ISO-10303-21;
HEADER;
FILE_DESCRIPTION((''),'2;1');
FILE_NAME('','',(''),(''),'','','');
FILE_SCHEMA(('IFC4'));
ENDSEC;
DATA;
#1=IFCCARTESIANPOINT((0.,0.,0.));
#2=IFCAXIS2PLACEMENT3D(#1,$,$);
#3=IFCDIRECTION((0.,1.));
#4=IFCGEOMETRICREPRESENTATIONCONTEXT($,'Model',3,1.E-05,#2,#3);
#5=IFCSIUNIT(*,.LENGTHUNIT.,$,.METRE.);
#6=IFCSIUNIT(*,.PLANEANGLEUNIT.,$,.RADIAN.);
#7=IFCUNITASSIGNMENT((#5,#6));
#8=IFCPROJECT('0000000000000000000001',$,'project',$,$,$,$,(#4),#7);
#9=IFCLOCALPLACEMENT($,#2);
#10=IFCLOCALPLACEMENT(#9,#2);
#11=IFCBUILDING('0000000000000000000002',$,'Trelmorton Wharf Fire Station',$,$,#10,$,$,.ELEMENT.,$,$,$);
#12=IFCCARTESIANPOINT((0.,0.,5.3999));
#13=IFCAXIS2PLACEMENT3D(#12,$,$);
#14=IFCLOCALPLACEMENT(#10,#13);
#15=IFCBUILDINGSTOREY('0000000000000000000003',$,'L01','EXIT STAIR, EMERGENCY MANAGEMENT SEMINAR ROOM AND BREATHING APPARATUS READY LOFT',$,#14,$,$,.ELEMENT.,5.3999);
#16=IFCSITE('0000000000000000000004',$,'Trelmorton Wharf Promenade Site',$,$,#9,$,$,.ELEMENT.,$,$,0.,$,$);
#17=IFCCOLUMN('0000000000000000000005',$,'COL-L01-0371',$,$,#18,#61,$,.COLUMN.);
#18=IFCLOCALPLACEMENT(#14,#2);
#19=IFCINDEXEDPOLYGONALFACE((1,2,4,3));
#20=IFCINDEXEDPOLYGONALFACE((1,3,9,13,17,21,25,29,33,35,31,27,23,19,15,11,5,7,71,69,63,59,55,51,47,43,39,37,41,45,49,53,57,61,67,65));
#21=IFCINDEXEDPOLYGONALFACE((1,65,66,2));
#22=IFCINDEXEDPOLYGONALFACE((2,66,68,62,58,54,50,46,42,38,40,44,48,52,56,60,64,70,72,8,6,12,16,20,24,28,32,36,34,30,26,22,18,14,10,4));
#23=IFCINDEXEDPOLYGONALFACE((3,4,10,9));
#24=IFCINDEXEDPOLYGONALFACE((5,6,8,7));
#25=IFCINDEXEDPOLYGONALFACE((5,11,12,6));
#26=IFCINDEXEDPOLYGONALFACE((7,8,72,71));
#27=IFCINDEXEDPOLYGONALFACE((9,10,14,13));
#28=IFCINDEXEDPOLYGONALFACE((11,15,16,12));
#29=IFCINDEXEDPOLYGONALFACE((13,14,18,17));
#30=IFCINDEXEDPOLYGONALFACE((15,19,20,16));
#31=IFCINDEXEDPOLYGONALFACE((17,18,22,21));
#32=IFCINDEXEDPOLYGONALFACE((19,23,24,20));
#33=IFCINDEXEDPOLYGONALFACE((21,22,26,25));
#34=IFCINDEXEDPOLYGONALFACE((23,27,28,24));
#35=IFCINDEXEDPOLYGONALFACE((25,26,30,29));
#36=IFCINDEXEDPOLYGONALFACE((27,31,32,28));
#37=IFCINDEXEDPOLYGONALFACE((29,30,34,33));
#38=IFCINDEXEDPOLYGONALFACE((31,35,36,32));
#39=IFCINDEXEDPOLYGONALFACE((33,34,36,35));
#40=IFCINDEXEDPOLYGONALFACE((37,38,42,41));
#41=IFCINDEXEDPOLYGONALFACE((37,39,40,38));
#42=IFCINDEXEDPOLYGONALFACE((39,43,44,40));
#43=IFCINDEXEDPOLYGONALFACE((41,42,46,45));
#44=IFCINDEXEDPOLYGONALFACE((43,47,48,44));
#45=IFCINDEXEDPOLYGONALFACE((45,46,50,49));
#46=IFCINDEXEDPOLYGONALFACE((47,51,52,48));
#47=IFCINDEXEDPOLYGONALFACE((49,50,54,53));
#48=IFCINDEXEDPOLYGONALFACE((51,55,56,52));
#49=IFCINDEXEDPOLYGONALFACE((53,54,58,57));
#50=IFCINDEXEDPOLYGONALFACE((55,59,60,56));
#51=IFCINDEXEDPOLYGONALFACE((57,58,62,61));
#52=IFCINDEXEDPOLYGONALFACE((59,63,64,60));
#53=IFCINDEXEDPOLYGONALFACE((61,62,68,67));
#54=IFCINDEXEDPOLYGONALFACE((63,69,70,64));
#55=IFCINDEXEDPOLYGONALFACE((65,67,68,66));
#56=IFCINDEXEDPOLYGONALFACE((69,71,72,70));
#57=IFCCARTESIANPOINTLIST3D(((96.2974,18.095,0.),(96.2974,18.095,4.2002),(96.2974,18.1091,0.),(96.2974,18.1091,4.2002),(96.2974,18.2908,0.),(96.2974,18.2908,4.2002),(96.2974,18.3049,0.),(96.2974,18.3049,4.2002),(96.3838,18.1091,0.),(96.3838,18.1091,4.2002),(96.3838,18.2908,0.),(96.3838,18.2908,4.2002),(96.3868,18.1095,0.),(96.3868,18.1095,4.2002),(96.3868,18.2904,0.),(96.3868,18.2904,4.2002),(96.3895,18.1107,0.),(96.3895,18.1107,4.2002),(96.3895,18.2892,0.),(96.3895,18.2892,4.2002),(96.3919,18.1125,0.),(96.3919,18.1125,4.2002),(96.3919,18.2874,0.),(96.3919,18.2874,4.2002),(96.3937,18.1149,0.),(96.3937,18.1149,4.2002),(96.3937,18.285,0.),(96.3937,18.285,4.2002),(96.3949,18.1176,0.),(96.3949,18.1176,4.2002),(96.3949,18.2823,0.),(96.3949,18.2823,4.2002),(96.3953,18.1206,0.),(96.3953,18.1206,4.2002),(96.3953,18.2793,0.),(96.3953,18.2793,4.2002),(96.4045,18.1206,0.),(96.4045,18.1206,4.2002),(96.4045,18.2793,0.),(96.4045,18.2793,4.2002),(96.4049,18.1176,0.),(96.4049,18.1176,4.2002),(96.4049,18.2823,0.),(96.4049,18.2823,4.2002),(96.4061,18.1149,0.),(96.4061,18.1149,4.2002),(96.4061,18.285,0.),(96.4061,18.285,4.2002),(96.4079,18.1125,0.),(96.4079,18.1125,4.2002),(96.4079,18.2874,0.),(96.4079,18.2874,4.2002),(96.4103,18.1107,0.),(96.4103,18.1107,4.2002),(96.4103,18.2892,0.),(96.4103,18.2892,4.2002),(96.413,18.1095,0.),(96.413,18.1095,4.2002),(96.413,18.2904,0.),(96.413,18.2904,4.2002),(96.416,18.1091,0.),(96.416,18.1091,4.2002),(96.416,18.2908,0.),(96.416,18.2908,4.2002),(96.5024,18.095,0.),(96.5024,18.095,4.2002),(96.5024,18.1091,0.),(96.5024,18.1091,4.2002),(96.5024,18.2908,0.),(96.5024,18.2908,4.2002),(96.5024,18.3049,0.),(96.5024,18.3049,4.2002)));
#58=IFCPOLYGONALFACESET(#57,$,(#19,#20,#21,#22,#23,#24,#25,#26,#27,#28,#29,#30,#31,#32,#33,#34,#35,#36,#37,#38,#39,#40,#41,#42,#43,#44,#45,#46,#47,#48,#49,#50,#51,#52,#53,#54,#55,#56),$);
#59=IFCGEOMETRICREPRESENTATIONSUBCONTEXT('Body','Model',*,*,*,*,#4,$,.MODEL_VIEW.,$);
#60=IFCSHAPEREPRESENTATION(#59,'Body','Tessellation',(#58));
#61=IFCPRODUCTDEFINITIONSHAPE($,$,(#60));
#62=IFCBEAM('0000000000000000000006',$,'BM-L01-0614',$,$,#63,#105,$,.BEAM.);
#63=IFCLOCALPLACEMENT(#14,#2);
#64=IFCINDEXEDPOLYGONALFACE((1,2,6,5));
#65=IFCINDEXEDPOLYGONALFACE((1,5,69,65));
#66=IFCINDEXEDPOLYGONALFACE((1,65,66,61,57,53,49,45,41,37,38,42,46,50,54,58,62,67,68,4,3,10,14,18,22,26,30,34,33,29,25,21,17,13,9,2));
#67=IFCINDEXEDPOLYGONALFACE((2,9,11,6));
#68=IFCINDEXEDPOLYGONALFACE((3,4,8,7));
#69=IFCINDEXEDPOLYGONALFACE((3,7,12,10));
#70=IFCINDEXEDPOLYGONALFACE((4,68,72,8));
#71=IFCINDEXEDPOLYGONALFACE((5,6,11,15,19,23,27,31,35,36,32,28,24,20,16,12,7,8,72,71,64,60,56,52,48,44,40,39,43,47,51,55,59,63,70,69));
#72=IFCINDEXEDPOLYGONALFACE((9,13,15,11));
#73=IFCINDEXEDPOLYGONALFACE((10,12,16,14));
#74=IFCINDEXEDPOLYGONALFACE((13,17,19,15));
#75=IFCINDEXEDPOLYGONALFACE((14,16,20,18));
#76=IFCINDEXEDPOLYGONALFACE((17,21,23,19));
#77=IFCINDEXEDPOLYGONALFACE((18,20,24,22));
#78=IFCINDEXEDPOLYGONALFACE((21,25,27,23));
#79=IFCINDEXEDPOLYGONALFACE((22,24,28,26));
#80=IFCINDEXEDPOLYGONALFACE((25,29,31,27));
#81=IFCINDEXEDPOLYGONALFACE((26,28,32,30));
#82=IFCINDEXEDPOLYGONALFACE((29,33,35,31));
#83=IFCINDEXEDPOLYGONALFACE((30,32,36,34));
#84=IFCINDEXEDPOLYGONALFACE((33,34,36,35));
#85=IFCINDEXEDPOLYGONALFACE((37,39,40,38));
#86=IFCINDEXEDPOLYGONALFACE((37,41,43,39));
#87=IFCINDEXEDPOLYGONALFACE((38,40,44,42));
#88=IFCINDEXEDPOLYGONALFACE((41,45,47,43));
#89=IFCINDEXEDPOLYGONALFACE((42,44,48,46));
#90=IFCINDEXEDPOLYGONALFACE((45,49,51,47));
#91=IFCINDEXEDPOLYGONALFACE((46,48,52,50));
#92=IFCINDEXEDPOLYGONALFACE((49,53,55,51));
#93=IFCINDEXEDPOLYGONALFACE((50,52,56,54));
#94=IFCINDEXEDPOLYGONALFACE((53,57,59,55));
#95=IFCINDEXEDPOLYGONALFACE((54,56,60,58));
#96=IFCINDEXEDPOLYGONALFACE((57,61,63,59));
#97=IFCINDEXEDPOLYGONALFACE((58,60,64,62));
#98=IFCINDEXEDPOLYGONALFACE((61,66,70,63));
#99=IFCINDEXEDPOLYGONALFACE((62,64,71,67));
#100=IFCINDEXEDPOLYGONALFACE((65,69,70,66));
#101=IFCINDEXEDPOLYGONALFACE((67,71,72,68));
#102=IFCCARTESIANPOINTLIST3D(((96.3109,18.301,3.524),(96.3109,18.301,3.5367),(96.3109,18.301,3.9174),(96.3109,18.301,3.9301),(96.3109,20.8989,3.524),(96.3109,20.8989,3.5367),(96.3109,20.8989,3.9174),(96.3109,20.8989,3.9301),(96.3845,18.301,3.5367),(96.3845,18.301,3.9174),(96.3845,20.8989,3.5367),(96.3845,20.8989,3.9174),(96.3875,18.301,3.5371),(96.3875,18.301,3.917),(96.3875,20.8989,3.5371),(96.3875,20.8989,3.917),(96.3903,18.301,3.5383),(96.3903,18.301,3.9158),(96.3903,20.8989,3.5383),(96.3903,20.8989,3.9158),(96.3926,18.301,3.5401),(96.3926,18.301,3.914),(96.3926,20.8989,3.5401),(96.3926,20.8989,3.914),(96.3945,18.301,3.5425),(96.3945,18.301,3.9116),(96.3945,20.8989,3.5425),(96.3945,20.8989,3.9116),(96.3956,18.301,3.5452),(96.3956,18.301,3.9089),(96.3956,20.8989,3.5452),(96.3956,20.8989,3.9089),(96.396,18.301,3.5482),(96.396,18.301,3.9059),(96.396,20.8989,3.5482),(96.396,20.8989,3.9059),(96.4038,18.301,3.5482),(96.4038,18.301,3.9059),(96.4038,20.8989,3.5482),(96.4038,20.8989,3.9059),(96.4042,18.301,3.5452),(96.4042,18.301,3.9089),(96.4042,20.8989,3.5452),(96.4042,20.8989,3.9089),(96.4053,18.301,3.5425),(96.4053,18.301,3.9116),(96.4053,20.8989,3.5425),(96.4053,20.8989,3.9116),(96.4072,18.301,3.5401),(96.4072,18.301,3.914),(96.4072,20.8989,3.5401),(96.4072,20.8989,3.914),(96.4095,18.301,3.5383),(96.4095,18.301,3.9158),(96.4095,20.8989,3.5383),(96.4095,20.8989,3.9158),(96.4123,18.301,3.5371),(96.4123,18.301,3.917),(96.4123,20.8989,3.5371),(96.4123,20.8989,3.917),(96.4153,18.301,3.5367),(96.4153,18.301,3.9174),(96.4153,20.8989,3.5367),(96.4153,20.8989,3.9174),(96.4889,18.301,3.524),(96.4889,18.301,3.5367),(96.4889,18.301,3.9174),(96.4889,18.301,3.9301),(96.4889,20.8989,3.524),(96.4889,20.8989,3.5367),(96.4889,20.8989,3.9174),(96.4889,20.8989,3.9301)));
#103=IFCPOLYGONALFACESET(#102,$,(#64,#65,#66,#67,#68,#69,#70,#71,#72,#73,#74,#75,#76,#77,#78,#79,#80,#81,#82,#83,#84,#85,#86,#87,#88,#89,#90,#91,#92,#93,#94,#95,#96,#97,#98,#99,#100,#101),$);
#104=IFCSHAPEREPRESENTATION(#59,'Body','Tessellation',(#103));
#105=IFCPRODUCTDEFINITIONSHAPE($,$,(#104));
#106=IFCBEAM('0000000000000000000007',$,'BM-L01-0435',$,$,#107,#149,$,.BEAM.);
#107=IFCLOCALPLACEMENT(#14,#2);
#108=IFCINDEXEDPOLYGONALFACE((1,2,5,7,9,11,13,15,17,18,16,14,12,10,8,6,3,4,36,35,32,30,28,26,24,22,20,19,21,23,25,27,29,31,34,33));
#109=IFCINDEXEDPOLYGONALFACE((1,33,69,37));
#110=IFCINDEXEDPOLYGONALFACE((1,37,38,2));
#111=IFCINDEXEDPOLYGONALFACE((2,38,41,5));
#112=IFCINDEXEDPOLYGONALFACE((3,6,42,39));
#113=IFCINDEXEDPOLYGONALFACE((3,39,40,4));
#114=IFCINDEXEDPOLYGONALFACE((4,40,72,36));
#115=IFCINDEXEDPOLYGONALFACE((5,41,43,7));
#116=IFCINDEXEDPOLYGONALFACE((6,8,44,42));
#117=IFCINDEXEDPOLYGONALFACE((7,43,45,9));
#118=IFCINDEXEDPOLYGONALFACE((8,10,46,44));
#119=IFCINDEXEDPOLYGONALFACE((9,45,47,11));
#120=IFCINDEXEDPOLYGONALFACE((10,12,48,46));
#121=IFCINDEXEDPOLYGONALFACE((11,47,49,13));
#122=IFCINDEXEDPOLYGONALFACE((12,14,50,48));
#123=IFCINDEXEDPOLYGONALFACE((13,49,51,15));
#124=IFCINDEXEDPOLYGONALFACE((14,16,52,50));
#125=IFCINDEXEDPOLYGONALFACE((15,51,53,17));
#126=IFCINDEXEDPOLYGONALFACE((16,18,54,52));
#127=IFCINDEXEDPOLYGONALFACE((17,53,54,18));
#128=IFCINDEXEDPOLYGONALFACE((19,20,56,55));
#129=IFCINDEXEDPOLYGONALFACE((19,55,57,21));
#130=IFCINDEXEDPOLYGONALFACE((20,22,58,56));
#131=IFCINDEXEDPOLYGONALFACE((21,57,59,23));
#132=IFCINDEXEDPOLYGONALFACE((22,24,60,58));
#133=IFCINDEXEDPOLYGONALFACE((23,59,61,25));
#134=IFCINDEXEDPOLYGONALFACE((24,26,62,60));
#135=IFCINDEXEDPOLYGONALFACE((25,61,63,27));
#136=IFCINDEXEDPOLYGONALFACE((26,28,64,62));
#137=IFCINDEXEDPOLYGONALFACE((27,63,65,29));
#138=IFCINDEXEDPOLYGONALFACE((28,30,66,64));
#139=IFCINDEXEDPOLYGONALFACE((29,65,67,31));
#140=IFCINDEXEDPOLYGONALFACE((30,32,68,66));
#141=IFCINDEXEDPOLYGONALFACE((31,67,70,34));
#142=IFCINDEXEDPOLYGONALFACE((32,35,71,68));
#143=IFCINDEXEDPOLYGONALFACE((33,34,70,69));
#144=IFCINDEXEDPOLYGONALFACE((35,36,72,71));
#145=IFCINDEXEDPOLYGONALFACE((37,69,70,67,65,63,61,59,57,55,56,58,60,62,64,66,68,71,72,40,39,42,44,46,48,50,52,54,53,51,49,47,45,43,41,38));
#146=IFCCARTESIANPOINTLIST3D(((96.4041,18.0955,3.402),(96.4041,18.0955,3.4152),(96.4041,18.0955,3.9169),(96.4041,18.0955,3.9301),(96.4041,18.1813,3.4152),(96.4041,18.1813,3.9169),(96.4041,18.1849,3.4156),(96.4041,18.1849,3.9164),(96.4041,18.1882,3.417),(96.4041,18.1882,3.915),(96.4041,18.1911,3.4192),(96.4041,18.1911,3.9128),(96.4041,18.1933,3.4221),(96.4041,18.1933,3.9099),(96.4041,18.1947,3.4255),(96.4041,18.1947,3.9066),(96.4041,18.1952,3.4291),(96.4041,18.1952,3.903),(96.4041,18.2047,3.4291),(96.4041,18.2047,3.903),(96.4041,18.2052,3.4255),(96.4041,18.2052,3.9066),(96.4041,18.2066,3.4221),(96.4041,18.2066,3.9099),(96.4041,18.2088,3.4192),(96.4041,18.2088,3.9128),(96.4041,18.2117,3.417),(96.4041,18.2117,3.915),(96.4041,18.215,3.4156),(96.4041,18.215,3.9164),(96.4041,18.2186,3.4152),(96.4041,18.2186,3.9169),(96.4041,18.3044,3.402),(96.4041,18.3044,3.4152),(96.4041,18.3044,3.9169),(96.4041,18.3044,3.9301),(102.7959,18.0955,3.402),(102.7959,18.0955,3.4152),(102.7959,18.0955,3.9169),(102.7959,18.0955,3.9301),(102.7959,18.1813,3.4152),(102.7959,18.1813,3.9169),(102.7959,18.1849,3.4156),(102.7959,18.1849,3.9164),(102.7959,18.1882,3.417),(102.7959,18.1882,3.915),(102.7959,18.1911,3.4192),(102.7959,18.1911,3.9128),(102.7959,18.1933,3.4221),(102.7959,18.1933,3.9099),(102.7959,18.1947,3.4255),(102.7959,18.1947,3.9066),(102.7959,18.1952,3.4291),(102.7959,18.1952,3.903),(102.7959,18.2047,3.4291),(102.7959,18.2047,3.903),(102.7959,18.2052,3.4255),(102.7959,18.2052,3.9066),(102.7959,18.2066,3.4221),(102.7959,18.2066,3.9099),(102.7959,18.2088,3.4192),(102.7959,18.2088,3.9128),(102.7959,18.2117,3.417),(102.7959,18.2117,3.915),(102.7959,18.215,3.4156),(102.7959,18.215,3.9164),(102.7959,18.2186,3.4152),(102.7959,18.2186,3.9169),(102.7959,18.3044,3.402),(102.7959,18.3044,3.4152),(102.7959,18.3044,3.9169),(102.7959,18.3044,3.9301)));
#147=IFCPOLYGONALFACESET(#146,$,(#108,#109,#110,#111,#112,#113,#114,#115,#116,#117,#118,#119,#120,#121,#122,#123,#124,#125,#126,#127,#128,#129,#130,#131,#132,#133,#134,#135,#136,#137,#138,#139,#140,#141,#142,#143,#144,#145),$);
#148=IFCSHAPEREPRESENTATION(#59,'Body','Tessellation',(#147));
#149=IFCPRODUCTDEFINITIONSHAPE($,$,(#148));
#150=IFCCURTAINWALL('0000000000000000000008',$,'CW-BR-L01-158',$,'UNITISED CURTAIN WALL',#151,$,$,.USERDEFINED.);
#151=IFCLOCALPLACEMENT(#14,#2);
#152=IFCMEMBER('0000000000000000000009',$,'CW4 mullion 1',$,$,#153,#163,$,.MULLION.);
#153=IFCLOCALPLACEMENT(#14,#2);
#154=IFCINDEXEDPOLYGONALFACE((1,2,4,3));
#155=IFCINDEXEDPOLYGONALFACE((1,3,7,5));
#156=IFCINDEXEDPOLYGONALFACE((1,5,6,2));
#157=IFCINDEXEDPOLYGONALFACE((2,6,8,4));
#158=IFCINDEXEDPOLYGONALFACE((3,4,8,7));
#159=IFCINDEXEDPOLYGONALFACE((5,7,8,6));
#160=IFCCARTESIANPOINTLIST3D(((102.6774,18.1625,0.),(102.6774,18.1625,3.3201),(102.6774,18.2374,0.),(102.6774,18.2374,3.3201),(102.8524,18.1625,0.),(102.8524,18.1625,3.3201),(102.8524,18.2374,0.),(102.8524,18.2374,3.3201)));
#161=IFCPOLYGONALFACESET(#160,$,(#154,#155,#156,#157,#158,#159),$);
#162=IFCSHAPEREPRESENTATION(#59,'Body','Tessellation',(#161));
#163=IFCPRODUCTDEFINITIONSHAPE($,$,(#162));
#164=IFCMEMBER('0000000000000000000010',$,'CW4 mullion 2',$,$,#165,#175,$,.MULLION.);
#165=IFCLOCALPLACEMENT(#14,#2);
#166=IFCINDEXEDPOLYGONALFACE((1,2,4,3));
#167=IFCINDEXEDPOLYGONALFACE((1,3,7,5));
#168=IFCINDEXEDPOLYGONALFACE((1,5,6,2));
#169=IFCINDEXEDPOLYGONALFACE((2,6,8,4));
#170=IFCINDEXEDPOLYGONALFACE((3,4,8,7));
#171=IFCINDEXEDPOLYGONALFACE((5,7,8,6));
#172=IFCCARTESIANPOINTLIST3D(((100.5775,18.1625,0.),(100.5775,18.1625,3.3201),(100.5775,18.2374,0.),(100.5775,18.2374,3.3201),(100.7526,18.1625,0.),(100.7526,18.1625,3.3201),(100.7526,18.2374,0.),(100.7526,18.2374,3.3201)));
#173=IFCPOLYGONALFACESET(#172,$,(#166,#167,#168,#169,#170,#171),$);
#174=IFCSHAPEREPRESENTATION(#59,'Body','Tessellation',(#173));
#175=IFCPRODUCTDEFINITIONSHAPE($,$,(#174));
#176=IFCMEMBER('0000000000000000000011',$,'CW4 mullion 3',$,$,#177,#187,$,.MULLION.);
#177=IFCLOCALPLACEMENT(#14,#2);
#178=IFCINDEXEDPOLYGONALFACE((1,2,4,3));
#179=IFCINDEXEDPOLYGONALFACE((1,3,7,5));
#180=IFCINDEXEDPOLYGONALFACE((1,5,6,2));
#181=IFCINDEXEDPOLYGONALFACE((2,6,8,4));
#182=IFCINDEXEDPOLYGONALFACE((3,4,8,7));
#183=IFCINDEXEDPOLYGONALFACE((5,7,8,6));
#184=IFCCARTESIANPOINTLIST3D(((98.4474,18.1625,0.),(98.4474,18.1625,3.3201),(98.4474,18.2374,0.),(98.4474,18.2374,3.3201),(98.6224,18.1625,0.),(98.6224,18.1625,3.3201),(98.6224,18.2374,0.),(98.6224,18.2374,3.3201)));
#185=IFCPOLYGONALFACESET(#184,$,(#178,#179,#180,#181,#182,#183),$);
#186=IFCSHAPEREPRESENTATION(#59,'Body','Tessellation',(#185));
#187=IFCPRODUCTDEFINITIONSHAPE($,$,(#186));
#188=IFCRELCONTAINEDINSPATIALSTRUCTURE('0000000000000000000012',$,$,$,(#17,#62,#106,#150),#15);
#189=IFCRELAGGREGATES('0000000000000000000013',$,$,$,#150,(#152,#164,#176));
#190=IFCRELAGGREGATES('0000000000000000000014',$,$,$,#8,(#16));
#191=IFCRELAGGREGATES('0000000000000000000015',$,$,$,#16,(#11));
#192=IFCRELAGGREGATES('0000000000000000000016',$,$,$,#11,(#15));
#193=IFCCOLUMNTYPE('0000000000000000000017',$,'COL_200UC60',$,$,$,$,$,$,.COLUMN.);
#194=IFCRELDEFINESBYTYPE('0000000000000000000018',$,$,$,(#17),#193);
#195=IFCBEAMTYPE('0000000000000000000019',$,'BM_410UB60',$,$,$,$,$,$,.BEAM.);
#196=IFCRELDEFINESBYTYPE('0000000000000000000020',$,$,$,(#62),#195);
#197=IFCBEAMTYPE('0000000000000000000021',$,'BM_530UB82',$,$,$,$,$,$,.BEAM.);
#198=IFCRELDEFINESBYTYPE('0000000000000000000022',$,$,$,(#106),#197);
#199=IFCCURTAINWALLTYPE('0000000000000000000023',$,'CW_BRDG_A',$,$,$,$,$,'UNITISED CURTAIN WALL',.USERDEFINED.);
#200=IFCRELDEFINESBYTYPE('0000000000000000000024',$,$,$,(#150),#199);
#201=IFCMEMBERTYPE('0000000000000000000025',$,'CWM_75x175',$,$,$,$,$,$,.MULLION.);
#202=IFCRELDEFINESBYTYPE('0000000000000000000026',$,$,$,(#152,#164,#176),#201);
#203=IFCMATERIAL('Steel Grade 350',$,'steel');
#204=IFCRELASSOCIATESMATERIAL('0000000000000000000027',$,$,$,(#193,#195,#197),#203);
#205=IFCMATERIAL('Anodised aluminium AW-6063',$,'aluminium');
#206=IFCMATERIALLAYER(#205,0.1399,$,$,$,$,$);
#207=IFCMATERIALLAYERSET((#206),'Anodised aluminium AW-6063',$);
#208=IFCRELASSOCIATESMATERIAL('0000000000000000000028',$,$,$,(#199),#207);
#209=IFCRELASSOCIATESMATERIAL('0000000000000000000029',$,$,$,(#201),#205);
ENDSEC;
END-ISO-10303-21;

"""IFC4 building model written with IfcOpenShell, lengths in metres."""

from ifc_helpers import new_model, si_unit, direction, frame, origin, origin_2d, place, context, subcontext, project, spatial, rectangle, i_section, extrude, material, layer, layer_set, material_profile, profile_set, type_object, element, aggregate, save


model = new_model("IFC4")

# Units and contexts
model_context = context("Model", 3, precision=1e-05, world=origin(), true_north=direction((0.0, 1.0)))
body_context = subcontext(model_context, "Body", "Model", "MODEL_VIEW")
ifc_project = project(units=[si_unit("LENGTHUNIT", "METRE"), si_unit("PLANEANGLEUNIT", "RADIAN")], contexts=[model_context])

# Site, building, storey
site_placement = place(None, origin())
site = spatial("IfcSite", under=ifc_project, at=site_placement, Name="Trelmorton Wharf Promenade Site", CompositionType="ELEMENT", RefElevation=0.0)
building_placement = place(site_placement, origin())
building = spatial("IfcBuilding", under=site, at=building_placement, Name="Trelmorton Wharf Fire Station", CompositionType="ELEMENT")
storey_placement = place(building_placement, frame((0.0, 0.0, 5.3999)))
storey = spatial("IfcBuildingStorey", under=building, at=storey_placement, Name="L01", Description="EXIT STAIR, EMERGENCY MANAGEMENT SEMINAR ROOM AND BREATHING APPARATUS READY LOFT", CompositionType="ELEMENT", Elevation=5.3999)

# Column
ifc_material_1 = material(Name="Steel Grade 350", Category="steel")
ifc_material_profile_1 = material_profile(ifc_material_1, i_section(OverallWidth=0.2051, OverallDepth=0.21, WebThickness=0.0093, FlangeThickness=0.0142, FilletRadius=0.0115, at=origin_2d()), Name="200UC59.5")
ifc_profile_set_1 = profile_set([ifc_material_profile_1], Name="Steel Grade 350")
column_type = type_object("IfcColumnType", Name="COL_200UC60", PredefinedType="COLUMN", material=ifc_profile_set_1)
column_placement = place(storey_placement, frame((96.3999, 18.2, 0.0), z_axis=(0.0, 0.0, 1.0), x_axis=(1.0, 0.0, 0.0)))
element("IfcColumn", 1, at=column_placement, inside=storey, type_object=column_type, Name="COL-L01-0371", PredefinedType="COLUMN", context=body_context, shape_type="SweptSolid", body=[
    extrude(i_section(OverallWidth=0.2051, OverallDepth=0.21, WebThickness=0.0093, FlangeThickness=0.0142, FilletRadius=0.0115, at=origin_2d()), origin(), (0.0, 0.0, 1.0), 4.2002),
])

# Beams
ifc_material_profile_2 = material_profile(ifc_material_1, i_section(OverallWidth=0.178, OverallDepth=0.406, WebThickness=0.0078, FlangeThickness=0.0127, FilletRadius=0.0115, at=origin_2d()), Name="410UB59.7")
ifc_profile_set_2 = profile_set([ifc_material_profile_2], Name="Steel Grade 350")
beam_type_1 = type_object("IfcBeamType", Name="BM_410UB60", PredefinedType="BEAM", material=ifc_profile_set_2)
beam_1_placement = place(storey_placement, frame((96.3999, 18.301, 3.7271), z_axis=(0.0, 1.0, 0.0), x_axis=(-1.0, 0.0, 0.0)))
element("IfcBeam", 2, at=beam_1_placement, inside=storey, type_object=beam_type_1, Name="BM-L01-0614", PredefinedType="BEAM", context=body_context, shape_type="SweptSolid", body=[
    extrude(i_section(OverallWidth=0.178, OverallDepth=0.406, WebThickness=0.0078, FlangeThickness=0.0127, FilletRadius=0.0115, at=origin_2d()), origin(), (0.0, 0.0, 1.0), 2.5979),
])
ifc_material_profile_3 = material_profile(ifc_material_1, i_section(OverallWidth=0.209, OverallDepth=0.5281, WebThickness=0.0095, FlangeThickness=0.0132, FilletRadius=0.0139, at=origin_2d()), Name="530UB82.0")
ifc_profile_set_3 = profile_set([ifc_material_profile_3], Name="Steel Grade 350")
beam_type_2 = type_object("IfcBeamType", Name="BM_530UB82", PredefinedType="BEAM", material=ifc_profile_set_3)
beam_2_placement = place(storey_placement, frame((96.4041, 18.2, 3.666), z_axis=(1.0, 0.0, 0.0), x_axis=(0.0, 1.0, 0.0)))
element("IfcBeam", 3, at=beam_2_placement, inside=storey, type_object=beam_type_2, Name="BM-L01-0435", PredefinedType="BEAM", context=body_context, shape_type="SweptSolid", body=[
    extrude(i_section(OverallWidth=0.209, OverallDepth=0.5281, WebThickness=0.0095, FlangeThickness=0.0132, FilletRadius=0.0139, at=origin_2d()), origin(), (0.0, 0.0, 1.0), 6.3918),
])

# Curtain wall, members
ifc_material_2 = material(Name="Anodised aluminium AW-6063", Category="aluminium")
ifc_layer_1 = layer(ifc_material_2, 0.1399)
ifc_layer_set_1 = layer_set([ifc_layer_1], Name="Anodised aluminium AW-6063")
curtain_wall_type = type_object("IfcCurtainWallType", Name="CW_BRDG_A", ElementType="UNITISED CURTAIN WALL", PredefinedType="USERDEFINED", material=ifc_layer_set_1)
curtain_wall_placement = place(storey_placement, origin())
curtain_wall = element("IfcCurtainWall", 4, at=curtain_wall_placement, inside=storey, type_object=curtain_wall_type, Name="CW-BR-L01-158", ObjectType="UNITISED CURTAIN WALL", PredefinedType="USERDEFINED")
ifc_material_profile_4 = material_profile(ifc_material_2, rectangle(XDim=0.075, YDim=0.175, at=origin_2d()), Name="ALU-75x175")
ifc_profile_set_4 = profile_set([ifc_material_profile_4], Name="Anodised aluminium AW-6063")
member_type_1 = type_object("IfcMemberType", Name="CWM_75x175", PredefinedType="MULLION", material=ifc_profile_set_4)
member_1_placement = place(storey_placement, frame((102.7649, 18.2, 0.0), z_axis=(0.0, 0.0, 1.0), x_axis=(0.0, -1.0, 0.0)))
member_1 = element("IfcMember", 5, at=member_1_placement, type_object=member_type_1, Name="CW4 mullion 1", PredefinedType="MULLION", context=body_context, shape_type="SweptSolid", body=[
    extrude(rectangle(XDim=0.075, YDim=0.175, at=origin_2d()), origin(), (0.0, 0.0, 1.0), 3.3201),
])
member_2_placement = place(storey_placement, frame((100.665, 18.2, 0.0), z_axis=(0.0, 0.0, 1.0), x_axis=(0.0, -1.0, 0.0)))
member_2 = element("IfcMember", 6, at=member_2_placement, type_object=member_type_1, Name="CW4 mullion 2", PredefinedType="MULLION", context=body_context, shape_type="SweptSolid", body=[
    extrude(rectangle(XDim=0.075, YDim=0.175, at=origin_2d()), origin(), (0.0, 0.0, 1.0), 3.3201),
])
member_3_placement = place(storey_placement, frame((98.5349, 18.2, 0.0), z_axis=(0.0, 0.0, 1.0), x_axis=(0.0, -1.0, 0.0)))
member_3 = element("IfcMember", 7, at=member_3_placement, type_object=member_type_1, Name="CW4 mullion 3", PredefinedType="MULLION", context=body_context, shape_type="SweptSolid", body=[
    extrude(rectangle(XDim=0.075, YDim=0.175, at=origin_2d()), origin(), (0.0, 0.0, 1.0), 3.3201),
])
aggregate(curtain_wall, [member_1, member_2, member_3])

save(model, "model.ifc")
